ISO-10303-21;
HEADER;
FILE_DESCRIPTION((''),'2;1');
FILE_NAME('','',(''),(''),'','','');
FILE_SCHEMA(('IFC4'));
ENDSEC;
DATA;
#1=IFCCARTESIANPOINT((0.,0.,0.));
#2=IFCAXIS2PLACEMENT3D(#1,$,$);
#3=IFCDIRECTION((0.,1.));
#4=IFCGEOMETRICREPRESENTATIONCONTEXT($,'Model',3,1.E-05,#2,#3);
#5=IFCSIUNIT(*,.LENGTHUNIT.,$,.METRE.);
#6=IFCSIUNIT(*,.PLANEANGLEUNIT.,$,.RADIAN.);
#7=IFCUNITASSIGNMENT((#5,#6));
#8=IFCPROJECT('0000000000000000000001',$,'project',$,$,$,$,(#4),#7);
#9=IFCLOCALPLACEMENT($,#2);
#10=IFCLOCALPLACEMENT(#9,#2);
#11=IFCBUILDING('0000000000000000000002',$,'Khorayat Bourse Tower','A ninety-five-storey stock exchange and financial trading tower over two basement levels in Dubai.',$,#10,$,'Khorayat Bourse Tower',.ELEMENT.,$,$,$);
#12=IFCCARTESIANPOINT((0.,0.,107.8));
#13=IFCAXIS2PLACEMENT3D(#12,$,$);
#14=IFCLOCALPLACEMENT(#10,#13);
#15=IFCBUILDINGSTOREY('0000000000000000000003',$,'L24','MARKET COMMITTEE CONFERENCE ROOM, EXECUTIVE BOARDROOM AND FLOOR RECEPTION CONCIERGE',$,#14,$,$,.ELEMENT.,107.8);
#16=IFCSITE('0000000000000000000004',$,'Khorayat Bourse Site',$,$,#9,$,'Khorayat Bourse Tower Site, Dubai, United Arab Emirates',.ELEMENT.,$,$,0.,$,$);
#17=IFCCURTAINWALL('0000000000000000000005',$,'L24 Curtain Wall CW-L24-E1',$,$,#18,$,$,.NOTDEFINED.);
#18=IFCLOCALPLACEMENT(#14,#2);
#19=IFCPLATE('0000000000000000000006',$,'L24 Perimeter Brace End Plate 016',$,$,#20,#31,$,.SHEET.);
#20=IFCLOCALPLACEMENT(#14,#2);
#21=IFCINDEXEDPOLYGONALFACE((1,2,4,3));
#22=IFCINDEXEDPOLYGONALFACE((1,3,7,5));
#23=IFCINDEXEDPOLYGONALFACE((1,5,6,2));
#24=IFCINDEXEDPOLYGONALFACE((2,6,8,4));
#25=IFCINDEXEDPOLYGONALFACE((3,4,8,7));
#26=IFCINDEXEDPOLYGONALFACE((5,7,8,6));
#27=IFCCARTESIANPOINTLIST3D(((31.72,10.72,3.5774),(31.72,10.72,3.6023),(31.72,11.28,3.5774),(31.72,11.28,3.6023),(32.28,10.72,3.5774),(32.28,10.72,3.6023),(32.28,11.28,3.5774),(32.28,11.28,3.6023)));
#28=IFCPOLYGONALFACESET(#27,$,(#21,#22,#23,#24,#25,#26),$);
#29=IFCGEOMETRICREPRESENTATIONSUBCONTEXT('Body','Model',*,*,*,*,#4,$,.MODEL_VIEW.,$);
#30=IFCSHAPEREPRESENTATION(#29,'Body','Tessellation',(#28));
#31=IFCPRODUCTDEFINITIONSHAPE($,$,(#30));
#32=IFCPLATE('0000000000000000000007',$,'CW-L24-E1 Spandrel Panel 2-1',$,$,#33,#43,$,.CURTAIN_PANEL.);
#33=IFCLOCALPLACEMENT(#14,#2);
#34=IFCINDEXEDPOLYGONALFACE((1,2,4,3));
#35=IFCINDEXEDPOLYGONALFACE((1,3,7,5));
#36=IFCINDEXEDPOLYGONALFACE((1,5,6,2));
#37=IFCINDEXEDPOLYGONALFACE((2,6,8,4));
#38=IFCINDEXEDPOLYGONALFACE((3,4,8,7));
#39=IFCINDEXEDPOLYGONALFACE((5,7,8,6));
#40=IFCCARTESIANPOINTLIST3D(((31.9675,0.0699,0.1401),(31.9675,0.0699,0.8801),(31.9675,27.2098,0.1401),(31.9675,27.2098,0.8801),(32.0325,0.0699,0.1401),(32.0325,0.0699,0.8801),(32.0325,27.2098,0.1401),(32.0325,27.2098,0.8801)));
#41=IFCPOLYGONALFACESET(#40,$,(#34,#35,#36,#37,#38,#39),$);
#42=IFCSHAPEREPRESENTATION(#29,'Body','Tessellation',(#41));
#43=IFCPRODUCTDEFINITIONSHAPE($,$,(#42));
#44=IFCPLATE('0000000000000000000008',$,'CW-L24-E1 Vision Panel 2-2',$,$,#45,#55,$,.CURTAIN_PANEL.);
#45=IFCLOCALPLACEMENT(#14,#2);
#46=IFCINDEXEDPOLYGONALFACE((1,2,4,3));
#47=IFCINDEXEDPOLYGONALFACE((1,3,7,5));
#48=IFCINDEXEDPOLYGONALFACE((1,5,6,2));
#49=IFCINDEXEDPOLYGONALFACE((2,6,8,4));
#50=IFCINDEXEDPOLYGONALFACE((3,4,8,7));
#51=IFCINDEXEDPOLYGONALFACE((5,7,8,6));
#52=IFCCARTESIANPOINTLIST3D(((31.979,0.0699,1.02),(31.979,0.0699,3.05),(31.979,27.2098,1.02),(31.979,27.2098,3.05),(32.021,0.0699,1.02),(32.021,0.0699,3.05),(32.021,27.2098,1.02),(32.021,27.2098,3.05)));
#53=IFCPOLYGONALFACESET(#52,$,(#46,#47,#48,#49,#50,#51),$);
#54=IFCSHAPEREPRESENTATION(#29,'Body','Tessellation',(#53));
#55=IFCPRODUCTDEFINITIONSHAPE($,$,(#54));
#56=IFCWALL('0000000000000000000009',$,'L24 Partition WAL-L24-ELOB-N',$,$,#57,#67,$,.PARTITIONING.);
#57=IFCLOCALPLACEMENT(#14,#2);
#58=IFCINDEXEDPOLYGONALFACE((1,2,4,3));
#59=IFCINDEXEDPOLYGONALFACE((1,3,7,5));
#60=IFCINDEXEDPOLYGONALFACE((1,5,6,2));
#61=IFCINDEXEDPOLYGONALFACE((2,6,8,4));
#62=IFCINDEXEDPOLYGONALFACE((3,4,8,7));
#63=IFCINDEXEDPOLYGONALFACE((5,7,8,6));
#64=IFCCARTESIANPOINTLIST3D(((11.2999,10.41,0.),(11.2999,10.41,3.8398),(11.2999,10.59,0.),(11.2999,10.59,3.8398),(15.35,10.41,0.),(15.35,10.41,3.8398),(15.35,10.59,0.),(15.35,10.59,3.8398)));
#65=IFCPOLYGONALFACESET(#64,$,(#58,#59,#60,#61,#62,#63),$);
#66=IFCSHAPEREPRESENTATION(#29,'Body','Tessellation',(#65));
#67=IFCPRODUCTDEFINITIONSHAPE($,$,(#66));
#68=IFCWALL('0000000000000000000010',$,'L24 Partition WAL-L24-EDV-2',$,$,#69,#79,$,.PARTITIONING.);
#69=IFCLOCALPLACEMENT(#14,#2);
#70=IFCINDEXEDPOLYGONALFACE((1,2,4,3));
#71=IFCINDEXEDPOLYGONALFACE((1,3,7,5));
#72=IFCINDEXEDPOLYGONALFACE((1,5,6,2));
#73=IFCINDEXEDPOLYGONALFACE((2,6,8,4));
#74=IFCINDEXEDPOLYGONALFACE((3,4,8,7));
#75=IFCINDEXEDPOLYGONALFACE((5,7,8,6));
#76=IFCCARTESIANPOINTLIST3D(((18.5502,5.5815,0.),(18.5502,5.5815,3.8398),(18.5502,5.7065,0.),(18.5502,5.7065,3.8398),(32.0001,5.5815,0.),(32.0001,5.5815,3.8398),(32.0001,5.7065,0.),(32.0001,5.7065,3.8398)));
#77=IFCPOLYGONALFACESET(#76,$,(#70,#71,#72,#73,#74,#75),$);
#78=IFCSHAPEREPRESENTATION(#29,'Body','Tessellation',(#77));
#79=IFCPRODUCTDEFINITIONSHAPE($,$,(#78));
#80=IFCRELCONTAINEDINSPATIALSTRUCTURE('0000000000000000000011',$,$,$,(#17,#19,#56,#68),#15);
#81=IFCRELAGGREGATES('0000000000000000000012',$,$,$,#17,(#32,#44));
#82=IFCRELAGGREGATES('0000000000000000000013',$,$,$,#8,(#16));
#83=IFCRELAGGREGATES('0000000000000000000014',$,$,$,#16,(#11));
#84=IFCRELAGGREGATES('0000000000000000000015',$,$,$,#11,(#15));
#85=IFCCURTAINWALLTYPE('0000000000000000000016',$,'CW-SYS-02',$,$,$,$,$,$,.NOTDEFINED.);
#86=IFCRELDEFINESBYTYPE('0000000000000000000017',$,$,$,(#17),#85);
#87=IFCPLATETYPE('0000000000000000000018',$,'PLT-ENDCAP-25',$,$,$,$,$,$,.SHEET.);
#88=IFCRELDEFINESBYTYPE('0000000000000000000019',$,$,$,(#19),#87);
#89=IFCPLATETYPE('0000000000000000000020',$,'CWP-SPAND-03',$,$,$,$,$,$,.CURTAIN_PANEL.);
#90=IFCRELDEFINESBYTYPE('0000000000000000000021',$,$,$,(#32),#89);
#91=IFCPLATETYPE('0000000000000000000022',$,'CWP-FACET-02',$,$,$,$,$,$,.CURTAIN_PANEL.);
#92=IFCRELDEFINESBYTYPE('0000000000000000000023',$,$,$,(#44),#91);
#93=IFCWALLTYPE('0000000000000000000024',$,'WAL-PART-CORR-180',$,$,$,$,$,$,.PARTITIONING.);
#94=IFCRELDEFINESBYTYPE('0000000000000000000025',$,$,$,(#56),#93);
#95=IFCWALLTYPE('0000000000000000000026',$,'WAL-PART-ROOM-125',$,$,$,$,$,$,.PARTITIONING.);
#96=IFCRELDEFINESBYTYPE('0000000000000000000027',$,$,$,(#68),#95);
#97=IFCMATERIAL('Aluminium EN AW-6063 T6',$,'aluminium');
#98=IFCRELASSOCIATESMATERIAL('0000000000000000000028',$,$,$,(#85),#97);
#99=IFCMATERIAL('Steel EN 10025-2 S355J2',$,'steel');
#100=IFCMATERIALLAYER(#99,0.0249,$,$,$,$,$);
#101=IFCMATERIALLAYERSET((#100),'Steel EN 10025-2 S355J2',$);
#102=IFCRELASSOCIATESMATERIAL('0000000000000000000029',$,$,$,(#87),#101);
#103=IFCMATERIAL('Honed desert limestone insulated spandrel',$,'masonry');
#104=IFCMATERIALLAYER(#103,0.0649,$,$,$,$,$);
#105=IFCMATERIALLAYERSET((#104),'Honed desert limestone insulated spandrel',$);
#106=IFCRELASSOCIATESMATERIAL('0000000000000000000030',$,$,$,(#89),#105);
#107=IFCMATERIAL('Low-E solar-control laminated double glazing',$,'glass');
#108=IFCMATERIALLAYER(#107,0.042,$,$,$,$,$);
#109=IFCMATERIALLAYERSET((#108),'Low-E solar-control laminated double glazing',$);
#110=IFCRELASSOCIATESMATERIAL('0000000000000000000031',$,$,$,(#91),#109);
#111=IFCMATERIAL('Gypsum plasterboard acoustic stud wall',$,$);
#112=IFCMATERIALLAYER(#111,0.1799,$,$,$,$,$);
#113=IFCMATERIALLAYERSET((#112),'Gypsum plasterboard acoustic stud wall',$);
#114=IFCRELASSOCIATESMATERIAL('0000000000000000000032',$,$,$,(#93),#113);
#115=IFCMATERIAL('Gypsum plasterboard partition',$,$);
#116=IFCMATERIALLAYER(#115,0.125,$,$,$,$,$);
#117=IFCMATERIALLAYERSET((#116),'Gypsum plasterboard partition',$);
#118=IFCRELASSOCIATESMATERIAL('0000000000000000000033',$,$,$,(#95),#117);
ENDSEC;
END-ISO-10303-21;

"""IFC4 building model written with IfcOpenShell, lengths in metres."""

from ifc_helpers import new_model, si_unit, direction, frame, frame_2d, origin, origin_2d, place, context, subcontext, project, spatial, rectangle, extrude, source, transform, mapped, material, layer, layer_set, type_object, element, aggregate, save


model = new_model("IFC4")

# Units and contexts
model_context = context("Model", 3, precision=1e-05, world=origin(), true_north=direction((0.0, 1.0)))
body_context = subcontext(model_context, "Body", "Model", "MODEL_VIEW")
ifc_project = project(units=[si_unit("LENGTHUNIT", "METRE"), si_unit("PLANEANGLEUNIT", "RADIAN")], contexts=[model_context])

# Site, building, storey
site_placement = place(None, origin())
site = spatial("IfcSite", under=ifc_project, at=site_placement, Name="Khorayat Bourse Site", LongName="Khorayat Bourse Tower Site, Dubai, United Arab Emirates", CompositionType="ELEMENT", RefElevation=0.0)
building_placement = place(site_placement, origin())
building = spatial("IfcBuilding", under=site, at=building_placement, Name="Khorayat Bourse Tower", Description="A ninety-five-storey stock exchange and financial trading tower over two basement levels in Dubai.", LongName="Khorayat Bourse Tower", CompositionType="ELEMENT")
storey_placement = place(building_placement, frame((0.0, 0.0, 107.8)))
storey = spatial("IfcBuildingStorey", under=building, at=storey_placement, Name="L24", Description="MARKET COMMITTEE CONFERENCE ROOM, EXECUTIVE BOARDROOM AND FLOOR RECEPTION CONCIERGE", CompositionType="ELEMENT", Elevation=107.8)

# Curtain wall
ifc_material_1 = material(Name="Aluminium EN AW-6063 T6", Category="aluminium")
curtain_wall_type = type_object("IfcCurtainWallType", Name="CW-SYS-02", PredefinedType="NOTDEFINED", material=ifc_material_1)
curtain_wall_placement = place(storey_placement, origin())
curtain_wall = element("IfcCurtainWall", 1, at=curtain_wall_placement, inside=storey, type_object=curtain_wall_type, Name="L24 Curtain Wall CW-L24-E1", PredefinedType="NOTDEFINED")

# Plate
ifc_material_2 = material(Name="Steel EN 10025-2 S355J2", Category="steel")
ifc_layer_1 = layer(ifc_material_2, 0.0249)
ifc_layer_set_1 = layer_set([ifc_layer_1], Name="Steel EN 10025-2 S355J2")
plate_type_1 = type_object("IfcPlateType", Name="PLT-ENDCAP-25", PredefinedType="SHEET", material=ifc_layer_set_1)
shared_shape_1 = source(origin(), body_context, "Body", "SweptSolid", [
    extrude(rectangle(XDim=0.5601, YDim=0.5601, at=origin_2d()), origin(), (0.0, 0.0, 1.0), 0.0249),
])
for number, where, z_axis, x_axis, name in (
    (2, (32.0, 11.0, 3.5774), (0.0, 0.0, 1.0), (1.0, 0.0, 0.0), "L24 Perimeter Brace End Plate 016"),
):
    element("IfcPlate", number, at=place(storey_placement, frame(where, z_axis=z_axis, x_axis=x_axis)), inside=storey, type_object=plate_type_1, Name=name, PredefinedType="SHEET", context=body_context, shape_type="MappedRepresentation", body=[
        mapped(shared_shape_1, transform((0.0, 0.0, 0.0), scale=1.0)),
    ])

# Plates
ifc_material_3 = material(Name="Honed desert limestone insulated spandrel", Category="masonry")
ifc_layer_2 = layer(ifc_material_3, 0.0649)
ifc_layer_set_2 = layer_set([ifc_layer_2], Name="Honed desert limestone insulated spandrel")
plate_type_2 = type_object("IfcPlateType", Name="CWP-SPAND-03", PredefinedType="CURTAIN_PANEL", material=ifc_layer_set_2)
shared_shape_2 = source(origin(), body_context, "Body", "SweptSolid", [
    extrude(rectangle(XDim=27.1399, YDim=0.0649, at=origin_2d()), origin(), (0.0, 0.0, 1.0), 0.74),
])
plate_1_placement = place(storey_placement, frame((32.0, 13.6399, 0.1401), z_axis=(0.0, 0.0, 1.0), x_axis=(0.0, 1.0, 0.0)))
plate_1 = element("IfcPlate", 3, at=plate_1_placement, type_object=plate_type_2, Name="CW-L24-E1 Spandrel Panel 2-1", PredefinedType="CURTAIN_PANEL", context=body_context, shape_type="MappedRepresentation", body=[
    mapped(shared_shape_2, transform((0.0, 0.0, 0.0), scale=1.0)),
])
ifc_material_4 = material(Name="Low-E solar-control laminated double glazing", Category="glass")
ifc_layer_3 = layer(ifc_material_4, 0.042)
ifc_layer_set_3 = layer_set([ifc_layer_3], Name="Low-E solar-control laminated double glazing")
plate_type_3 = type_object("IfcPlateType", Name="CWP-FACET-02", PredefinedType="CURTAIN_PANEL", material=ifc_layer_set_3)
shared_shape_3 = source(origin(), body_context, "Body", "SweptSolid", [
    extrude(rectangle(XDim=27.1399, YDim=0.042, at=origin_2d()), origin(), (0.0, 0.0, 1.0), 2.03),
])
plate_2_placement = place(storey_placement, frame((32.0, 13.6399, 1.02), z_axis=(0.0, 0.0, 1.0), x_axis=(0.0, 1.0, 0.0)))
plate_2 = element("IfcPlate", 4, at=plate_2_placement, type_object=plate_type_3, Name="CW-L24-E1 Vision Panel 2-2", PredefinedType="CURTAIN_PANEL", context=body_context, shape_type="MappedRepresentation", body=[
    mapped(shared_shape_3, transform((0.0, 0.0, 0.0), scale=1.0)),
])
aggregate(curtain_wall, [plate_1, plate_2])

# Walls
ifc_material_5 = material(Name="Gypsum plasterboard acoustic stud wall")
ifc_layer_4 = layer(ifc_material_5, 0.1799)
ifc_layer_set_4 = layer_set([ifc_layer_4], Name="Gypsum plasterboard acoustic stud wall")
wall_type_1 = type_object("IfcWallType", Name="WAL-PART-CORR-180", PredefinedType="PARTITIONING", material=ifc_layer_set_4)
shared_shape_4 = source(origin(), body_context, "Body", "SweptSolid", [
    extrude(rectangle(XDim=4.05, YDim=0.1799, at=frame_2d((2.0249, 0.0))), origin(), (0.0, 0.0, 1.0), 3.8398),
])
wall_1_placement = place(storey_placement, frame((11.3, 10.5, 0.0), z_axis=(0.0, 0.0, 1.0), x_axis=(1.0, 0.0, 0.0)))
element("IfcWall", 5, at=wall_1_placement, inside=storey, type_object=wall_type_1, Name="L24 Partition WAL-L24-ELOB-N", PredefinedType="PARTITIONING", context=body_context, shape_type="MappedRepresentation", body=[
    mapped(shared_shape_4, transform((0.0, 0.0, 0.0), scale=1.0)),
])
ifc_material_6 = material(Name="Gypsum plasterboard partition")
ifc_layer_5 = layer(ifc_material_6, 0.125)
ifc_layer_set_5 = layer_set([ifc_layer_5], Name="Gypsum plasterboard partition")
wall_type_2 = type_object("IfcWallType", Name="WAL-PART-ROOM-125", PredefinedType="PARTITIONING", material=ifc_layer_set_5)
shared_shape_5 = source(origin(), body_context, "Body", "SweptSolid", [
    extrude(rectangle(XDim=13.45, YDim=0.125, at=frame_2d((6.7251, 0.0))), origin(), (0.0, 0.0, 1.0), 3.8398),
])
wall_2_placement = place(storey_placement, frame((18.55, 5.644, 0.0), z_axis=(0.0, 0.0, 1.0), x_axis=(1.0, 0.0, 0.0)))
element("IfcWall", 6, at=wall_2_placement, inside=storey, type_object=wall_type_2, Name="L24 Partition WAL-L24-EDV-2", PredefinedType="PARTITIONING", context=body_context, shape_type="MappedRepresentation", body=[
    mapped(shared_shape_5, transform((0.0, 0.0, 0.0), scale=1.0)),
])

save(model, "model.ifc")
